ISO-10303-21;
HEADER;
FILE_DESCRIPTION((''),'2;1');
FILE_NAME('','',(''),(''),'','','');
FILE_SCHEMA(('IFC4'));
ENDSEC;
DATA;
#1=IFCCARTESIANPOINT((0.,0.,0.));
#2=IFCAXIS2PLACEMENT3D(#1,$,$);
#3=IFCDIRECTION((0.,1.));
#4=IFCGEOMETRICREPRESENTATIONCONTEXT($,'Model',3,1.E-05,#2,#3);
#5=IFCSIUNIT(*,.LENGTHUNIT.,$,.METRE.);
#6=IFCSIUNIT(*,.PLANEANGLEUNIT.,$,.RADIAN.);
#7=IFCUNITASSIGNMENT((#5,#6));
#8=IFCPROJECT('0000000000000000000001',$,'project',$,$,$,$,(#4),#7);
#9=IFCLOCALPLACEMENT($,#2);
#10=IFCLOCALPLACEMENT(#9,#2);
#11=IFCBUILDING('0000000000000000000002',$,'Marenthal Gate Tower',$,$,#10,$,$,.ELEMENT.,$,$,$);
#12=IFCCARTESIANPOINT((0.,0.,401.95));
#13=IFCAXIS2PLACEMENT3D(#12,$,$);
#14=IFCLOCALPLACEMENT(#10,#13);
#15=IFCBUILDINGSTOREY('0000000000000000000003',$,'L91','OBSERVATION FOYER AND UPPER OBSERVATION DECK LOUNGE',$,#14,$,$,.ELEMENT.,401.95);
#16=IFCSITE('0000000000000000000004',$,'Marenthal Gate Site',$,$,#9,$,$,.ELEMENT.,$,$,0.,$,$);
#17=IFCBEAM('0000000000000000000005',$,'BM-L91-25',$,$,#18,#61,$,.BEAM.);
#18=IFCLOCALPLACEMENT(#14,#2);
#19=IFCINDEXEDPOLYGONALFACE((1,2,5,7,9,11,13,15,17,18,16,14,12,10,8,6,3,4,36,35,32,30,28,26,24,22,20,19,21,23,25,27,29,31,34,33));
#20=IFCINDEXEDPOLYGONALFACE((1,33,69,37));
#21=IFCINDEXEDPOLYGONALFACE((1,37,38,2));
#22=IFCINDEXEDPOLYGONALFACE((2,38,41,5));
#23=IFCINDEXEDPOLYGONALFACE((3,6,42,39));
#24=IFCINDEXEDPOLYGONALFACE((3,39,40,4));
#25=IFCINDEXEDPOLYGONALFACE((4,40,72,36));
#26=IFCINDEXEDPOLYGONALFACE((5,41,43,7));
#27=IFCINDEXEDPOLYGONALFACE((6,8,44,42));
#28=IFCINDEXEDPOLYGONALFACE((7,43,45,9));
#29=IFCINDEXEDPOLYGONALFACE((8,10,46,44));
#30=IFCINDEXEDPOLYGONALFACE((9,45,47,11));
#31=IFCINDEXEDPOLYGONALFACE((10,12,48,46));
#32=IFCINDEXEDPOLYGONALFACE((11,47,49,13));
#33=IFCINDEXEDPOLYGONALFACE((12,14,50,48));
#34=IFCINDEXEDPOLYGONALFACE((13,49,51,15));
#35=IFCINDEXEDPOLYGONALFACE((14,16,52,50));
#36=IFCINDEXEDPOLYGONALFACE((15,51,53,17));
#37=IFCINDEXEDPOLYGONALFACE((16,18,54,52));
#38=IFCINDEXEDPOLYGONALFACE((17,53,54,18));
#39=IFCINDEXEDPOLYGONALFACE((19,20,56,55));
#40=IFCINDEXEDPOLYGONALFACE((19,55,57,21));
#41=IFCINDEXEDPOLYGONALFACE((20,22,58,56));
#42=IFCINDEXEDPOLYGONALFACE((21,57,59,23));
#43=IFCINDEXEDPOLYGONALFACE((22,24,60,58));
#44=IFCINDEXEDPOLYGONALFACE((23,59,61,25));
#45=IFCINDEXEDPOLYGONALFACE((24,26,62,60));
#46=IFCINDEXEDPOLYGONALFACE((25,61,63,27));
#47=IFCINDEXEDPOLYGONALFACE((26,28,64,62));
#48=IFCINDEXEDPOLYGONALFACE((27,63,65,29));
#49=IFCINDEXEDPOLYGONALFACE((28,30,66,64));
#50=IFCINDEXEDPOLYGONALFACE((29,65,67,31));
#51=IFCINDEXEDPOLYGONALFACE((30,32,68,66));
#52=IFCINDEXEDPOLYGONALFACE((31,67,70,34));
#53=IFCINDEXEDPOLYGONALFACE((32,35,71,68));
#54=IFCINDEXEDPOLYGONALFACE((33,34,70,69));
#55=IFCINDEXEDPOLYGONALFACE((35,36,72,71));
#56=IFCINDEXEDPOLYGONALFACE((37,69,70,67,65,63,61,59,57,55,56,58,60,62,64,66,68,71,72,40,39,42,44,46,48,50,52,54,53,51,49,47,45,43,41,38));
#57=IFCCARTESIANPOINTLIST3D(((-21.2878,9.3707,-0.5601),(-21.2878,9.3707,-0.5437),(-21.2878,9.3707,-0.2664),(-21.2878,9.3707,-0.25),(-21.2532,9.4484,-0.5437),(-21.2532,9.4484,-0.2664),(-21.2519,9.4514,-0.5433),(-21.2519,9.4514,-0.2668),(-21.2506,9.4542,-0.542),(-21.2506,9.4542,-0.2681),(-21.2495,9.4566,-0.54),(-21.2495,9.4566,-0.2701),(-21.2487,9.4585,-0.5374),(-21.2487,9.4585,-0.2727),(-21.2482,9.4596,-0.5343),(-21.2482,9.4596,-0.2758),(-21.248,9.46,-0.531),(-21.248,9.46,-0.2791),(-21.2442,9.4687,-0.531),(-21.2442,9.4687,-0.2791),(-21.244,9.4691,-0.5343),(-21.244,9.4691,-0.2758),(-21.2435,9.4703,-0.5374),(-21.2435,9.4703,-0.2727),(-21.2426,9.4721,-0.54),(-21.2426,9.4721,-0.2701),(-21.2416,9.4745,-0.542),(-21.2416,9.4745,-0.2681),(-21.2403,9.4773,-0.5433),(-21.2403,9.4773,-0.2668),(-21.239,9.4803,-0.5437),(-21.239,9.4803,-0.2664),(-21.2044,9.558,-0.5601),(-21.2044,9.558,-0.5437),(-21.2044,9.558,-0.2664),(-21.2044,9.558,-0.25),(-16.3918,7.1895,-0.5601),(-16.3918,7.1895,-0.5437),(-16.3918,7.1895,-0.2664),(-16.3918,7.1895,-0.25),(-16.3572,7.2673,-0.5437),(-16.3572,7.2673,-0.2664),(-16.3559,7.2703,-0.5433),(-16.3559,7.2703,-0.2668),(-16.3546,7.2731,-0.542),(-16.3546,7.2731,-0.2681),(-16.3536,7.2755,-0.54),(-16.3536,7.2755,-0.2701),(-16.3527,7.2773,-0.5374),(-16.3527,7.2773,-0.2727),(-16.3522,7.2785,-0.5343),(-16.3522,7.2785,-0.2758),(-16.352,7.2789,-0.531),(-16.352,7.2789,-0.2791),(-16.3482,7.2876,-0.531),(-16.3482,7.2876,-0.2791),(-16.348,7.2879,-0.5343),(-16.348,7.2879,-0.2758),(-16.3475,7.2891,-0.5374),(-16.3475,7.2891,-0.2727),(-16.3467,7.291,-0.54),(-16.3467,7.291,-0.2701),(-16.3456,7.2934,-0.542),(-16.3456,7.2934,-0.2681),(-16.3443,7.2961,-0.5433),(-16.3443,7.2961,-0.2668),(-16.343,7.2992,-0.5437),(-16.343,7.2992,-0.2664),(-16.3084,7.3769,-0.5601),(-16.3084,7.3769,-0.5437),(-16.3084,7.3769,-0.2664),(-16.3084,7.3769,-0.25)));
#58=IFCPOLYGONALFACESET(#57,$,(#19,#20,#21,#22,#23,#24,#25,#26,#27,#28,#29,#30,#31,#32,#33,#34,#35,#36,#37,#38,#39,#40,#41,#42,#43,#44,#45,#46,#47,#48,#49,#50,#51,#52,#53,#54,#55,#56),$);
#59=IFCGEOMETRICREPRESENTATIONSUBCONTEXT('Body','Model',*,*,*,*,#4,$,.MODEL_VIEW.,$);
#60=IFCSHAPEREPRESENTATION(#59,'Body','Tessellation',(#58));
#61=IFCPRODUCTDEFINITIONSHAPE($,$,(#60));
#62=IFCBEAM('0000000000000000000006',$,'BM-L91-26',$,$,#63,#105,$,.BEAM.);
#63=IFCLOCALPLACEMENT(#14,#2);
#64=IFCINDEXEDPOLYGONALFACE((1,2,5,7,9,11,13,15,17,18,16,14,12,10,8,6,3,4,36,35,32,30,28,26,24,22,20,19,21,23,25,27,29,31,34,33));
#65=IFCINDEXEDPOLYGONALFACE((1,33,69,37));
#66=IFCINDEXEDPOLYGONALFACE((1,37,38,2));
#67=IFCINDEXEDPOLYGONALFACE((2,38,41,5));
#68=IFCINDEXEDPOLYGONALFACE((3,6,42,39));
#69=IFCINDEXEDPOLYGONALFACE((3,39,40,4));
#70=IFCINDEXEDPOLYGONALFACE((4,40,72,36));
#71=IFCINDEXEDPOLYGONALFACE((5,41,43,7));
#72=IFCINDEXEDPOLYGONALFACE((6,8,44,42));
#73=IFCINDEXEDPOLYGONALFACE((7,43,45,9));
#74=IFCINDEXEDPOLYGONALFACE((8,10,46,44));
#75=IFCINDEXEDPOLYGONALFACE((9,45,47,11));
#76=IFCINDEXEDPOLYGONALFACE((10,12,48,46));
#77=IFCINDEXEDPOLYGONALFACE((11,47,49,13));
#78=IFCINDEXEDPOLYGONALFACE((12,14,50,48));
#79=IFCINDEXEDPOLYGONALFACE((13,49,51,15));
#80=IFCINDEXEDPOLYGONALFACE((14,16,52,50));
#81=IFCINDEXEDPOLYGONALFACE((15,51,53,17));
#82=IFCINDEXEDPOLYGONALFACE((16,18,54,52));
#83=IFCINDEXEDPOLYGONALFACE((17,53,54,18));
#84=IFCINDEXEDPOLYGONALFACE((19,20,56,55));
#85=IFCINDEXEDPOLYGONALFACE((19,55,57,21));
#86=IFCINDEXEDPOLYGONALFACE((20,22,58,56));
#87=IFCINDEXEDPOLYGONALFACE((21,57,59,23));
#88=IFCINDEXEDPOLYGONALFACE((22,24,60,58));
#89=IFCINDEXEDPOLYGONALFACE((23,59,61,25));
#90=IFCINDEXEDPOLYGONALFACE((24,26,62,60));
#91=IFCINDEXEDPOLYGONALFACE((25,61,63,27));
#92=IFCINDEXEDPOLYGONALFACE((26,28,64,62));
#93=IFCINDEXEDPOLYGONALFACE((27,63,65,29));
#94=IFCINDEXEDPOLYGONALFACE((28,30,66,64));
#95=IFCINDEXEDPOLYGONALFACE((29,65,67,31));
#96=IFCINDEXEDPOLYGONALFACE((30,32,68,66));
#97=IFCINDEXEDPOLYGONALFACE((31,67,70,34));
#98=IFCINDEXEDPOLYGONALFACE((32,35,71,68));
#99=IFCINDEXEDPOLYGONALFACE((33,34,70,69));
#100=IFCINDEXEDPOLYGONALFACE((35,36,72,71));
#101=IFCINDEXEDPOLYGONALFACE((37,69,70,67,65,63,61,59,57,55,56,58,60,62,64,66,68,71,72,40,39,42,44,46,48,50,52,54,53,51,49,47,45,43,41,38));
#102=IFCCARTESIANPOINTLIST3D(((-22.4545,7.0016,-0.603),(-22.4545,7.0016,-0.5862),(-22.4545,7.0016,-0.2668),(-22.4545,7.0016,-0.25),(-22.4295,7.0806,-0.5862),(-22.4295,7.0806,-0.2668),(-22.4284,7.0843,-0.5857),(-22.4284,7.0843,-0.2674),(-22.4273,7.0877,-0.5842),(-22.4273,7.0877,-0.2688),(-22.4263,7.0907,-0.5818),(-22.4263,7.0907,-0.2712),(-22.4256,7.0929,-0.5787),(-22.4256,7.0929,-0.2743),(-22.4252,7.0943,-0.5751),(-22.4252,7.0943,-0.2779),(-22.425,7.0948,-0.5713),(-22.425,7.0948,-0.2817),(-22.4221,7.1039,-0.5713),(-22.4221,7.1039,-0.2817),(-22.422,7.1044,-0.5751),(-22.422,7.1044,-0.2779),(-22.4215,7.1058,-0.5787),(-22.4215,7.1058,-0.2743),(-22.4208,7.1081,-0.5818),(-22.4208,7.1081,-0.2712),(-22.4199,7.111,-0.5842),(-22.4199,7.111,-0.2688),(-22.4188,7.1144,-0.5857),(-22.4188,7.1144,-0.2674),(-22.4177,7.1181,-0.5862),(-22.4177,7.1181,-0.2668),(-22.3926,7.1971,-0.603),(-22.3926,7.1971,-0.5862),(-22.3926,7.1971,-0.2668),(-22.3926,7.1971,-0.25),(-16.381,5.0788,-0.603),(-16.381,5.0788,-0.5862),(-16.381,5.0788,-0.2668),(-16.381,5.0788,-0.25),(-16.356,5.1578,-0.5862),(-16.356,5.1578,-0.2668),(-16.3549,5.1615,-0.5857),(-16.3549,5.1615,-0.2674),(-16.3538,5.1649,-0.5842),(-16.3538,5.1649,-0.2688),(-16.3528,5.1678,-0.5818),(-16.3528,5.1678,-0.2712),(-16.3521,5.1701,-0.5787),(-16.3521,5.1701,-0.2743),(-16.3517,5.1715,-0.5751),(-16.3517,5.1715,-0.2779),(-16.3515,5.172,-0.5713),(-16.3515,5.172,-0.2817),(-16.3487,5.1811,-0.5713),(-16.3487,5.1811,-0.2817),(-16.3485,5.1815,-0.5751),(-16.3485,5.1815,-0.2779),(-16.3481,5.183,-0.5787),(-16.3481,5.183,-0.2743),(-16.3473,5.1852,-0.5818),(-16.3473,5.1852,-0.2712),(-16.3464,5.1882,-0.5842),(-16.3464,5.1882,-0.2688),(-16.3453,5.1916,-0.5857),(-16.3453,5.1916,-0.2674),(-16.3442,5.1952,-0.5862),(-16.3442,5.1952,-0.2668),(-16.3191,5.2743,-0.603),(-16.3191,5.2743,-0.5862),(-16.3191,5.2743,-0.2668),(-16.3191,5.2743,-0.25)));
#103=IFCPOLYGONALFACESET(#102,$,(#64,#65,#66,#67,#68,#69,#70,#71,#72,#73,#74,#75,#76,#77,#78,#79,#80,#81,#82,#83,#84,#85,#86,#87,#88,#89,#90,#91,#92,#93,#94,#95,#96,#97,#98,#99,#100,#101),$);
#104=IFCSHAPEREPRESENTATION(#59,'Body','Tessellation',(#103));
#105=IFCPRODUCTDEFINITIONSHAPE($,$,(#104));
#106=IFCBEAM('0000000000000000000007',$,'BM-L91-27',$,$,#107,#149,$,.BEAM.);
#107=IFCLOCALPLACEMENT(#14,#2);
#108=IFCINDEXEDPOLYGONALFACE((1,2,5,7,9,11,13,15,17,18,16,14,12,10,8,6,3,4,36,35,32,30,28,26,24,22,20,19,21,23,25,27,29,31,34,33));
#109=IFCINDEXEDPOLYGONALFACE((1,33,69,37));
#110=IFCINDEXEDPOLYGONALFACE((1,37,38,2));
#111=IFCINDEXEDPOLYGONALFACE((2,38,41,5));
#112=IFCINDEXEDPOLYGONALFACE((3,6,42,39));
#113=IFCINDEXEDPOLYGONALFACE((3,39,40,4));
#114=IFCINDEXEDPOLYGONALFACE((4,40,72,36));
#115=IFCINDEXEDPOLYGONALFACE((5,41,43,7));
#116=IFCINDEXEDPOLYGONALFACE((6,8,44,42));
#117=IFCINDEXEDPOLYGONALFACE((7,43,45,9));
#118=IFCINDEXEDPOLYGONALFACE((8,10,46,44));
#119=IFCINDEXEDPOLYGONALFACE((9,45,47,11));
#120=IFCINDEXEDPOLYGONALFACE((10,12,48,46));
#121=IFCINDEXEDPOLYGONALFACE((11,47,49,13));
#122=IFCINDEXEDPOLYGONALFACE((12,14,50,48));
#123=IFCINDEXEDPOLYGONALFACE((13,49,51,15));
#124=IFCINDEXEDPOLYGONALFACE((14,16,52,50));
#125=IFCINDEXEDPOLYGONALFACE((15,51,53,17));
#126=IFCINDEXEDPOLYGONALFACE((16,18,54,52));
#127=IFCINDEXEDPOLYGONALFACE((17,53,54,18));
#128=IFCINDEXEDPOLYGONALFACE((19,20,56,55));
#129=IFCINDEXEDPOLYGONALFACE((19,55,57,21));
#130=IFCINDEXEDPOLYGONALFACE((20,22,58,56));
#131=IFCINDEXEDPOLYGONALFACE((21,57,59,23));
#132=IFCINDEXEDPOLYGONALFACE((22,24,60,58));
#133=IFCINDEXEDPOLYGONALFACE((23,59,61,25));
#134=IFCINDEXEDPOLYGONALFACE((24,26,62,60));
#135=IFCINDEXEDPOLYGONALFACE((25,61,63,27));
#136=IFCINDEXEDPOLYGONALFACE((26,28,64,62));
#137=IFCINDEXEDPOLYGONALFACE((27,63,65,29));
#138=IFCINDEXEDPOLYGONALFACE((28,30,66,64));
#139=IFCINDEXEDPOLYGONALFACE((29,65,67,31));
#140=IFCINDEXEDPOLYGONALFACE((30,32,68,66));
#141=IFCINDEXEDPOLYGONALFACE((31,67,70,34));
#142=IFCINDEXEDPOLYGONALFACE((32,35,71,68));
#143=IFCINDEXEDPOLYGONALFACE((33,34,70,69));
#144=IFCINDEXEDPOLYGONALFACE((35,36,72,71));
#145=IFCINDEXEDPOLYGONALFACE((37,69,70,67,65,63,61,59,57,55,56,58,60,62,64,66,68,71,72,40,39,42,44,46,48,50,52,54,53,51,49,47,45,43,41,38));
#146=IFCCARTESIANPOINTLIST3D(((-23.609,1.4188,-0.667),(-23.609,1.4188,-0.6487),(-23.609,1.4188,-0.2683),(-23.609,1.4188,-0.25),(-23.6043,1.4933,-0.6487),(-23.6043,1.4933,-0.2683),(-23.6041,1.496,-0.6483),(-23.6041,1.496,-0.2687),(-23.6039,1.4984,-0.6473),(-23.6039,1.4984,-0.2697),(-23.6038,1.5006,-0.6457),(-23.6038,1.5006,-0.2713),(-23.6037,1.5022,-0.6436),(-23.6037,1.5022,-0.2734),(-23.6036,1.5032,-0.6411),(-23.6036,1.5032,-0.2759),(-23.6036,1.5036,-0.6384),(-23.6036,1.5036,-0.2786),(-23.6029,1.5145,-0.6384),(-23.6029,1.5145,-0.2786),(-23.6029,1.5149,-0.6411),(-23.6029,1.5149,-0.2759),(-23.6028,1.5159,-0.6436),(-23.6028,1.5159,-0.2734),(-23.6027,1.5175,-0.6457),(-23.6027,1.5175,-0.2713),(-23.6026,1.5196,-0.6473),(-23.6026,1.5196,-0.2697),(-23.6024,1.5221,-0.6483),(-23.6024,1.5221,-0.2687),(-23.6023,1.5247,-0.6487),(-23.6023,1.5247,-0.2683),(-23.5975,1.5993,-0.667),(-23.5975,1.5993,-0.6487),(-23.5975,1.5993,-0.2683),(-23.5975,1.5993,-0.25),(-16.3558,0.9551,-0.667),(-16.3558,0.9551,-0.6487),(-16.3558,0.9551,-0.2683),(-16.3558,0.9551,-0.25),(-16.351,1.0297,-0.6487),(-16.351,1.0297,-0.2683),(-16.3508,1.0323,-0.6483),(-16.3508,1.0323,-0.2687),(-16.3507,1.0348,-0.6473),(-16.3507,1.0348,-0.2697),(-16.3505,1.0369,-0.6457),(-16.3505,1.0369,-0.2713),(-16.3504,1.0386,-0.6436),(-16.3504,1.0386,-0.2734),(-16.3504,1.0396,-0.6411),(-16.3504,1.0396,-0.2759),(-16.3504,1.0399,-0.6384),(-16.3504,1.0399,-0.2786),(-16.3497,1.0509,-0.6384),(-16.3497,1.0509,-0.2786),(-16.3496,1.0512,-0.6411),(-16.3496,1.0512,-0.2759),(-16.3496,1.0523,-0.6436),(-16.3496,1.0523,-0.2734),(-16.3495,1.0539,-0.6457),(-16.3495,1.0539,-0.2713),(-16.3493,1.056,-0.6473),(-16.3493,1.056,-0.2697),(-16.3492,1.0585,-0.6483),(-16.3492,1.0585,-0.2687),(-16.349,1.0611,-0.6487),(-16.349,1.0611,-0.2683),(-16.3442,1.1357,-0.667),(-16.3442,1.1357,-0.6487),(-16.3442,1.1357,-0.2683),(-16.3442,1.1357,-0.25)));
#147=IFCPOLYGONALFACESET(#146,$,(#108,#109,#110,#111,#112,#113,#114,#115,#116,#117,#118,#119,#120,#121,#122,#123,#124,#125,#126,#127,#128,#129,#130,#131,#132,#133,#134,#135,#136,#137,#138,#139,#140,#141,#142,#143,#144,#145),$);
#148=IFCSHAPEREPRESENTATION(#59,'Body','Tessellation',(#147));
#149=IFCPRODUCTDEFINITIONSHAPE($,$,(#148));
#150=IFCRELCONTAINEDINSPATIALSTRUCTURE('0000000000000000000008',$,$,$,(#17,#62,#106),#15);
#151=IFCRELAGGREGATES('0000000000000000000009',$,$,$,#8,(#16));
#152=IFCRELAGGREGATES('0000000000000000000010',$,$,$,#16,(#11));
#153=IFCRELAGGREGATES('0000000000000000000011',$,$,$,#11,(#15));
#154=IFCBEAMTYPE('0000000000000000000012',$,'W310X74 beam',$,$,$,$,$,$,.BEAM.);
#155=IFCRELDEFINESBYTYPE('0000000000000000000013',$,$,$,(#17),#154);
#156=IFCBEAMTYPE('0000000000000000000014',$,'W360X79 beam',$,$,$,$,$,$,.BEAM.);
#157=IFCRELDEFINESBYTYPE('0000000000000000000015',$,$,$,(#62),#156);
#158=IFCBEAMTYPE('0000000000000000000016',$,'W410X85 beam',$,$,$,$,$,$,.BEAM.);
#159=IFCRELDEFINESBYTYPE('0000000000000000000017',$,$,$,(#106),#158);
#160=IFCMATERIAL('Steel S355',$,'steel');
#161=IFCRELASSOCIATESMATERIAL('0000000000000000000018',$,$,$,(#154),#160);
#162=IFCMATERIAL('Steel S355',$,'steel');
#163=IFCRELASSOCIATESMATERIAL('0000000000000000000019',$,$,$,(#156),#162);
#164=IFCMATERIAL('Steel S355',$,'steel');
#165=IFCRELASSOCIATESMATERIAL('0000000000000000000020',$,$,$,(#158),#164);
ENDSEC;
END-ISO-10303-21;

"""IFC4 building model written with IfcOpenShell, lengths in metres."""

from ifc_helpers import new_model, si_unit, direction, frame, origin, origin_2d, place, context, subcontext, project, spatial, i_section, extrude, material, material_profile, profile_set, type_object, element, save


model = new_model("IFC4")

# Units and contexts
model_context = context("Model", 3, precision=1e-05, world=origin(), true_north=direction((0.0, 1.0)))
body_context = subcontext(model_context, "Body", "Model", "MODEL_VIEW")
ifc_project = project(units=[si_unit("LENGTHUNIT", "METRE"), si_unit("PLANEANGLEUNIT", "RADIAN")], contexts=[model_context])

# Site, building, storey
site_placement = place(None, origin())
site = spatial("IfcSite", under=ifc_project, at=site_placement, Name="Marenthal Gate Site", CompositionType="ELEMENT", RefElevation=0.0)
building_placement = place(site_placement, origin())
building = spatial("IfcBuilding", under=site, at=building_placement, Name="Marenthal Gate Tower", CompositionType="ELEMENT")
storey_placement = place(building_placement, frame((0.0, 0.0, 401.95)))
storey = spatial("IfcBuildingStorey", under=building, at=storey_placement, Name="L91", Description="OBSERVATION FOYER AND UPPER OBSERVATION DECK LOUNGE", CompositionType="ELEMENT", Elevation=401.95)

# Beams
ifc_material_1 = material(Name="Steel S355", Category="steel")
ifc_material_profile_1 = material_profile(ifc_material_1, i_section(OverallWidth=0.2051, OverallDepth=0.3101, WebThickness=0.0095, FlangeThickness=0.0164, FilletRadius=0.0127, at=origin_2d()), Name="W310X74")
ifc_profile_set_1 = profile_set([ifc_material_profile_1], Name="Steel S355")
beam_type_1 = type_object("IfcBeamType", Name="W310X74 beam", PredefinedType="BEAM", material=ifc_profile_set_1)
beam_1_placement = place(storey_placement, frame((-21.2461, 9.4644, -0.405), z_axis=(0.913454, -0.406941, 0.0), x_axis=(0.406941, 0.913454, 0.0)))
element("IfcBeam", 1, at=beam_1_placement, inside=storey, type_object=beam_type_1, Name="BM-L91-25", PredefinedType="BEAM", context=body_context, shape_type="SweptSolid", body=[
    extrude(i_section(OverallWidth=0.2051, OverallDepth=0.3101, WebThickness=0.0095, FlangeThickness=0.0164, FilletRadius=0.0127, at=origin_2d()), origin(), (0.0, 0.0, 1.0), 5.3599),
])
ifc_material_2 = material(Name="Steel S355", Category="steel")
ifc_material_profile_2 = material_profile(ifc_material_2, i_section(OverallWidth=0.2051, OverallDepth=0.353, WebThickness=0.0095, FlangeThickness=0.0168, FilletRadius=0.0149, at=origin_2d()), Name="W360X79")
ifc_profile_set_2 = profile_set([ifc_material_profile_2], Name="Steel S355")
beam_type_2 = type_object("IfcBeamType", Name="W360X79 beam", PredefinedType="BEAM", material=ifc_profile_set_2)
beam_2_placement = place(storey_placement, frame((-22.4236, 7.0994, -0.4265), z_axis=(0.953361, -0.301832, 0.0), x_axis=(0.301832, 0.953361, 0.0)))
element("IfcBeam", 2, at=beam_2_placement, inside=storey, type_object=beam_type_2, Name="BM-L91-26", PredefinedType="BEAM", context=body_context, shape_type="SweptSolid", body=[
    extrude(i_section(OverallWidth=0.2051, OverallDepth=0.353, WebThickness=0.0095, FlangeThickness=0.0168, FilletRadius=0.0149, at=origin_2d()), origin(), (0.0, 0.0, 1.0), 6.3706),
])
ifc_material_3 = material(Name="Steel S355", Category="steel")
ifc_material_profile_3 = material_profile(ifc_material_3, i_section(OverallWidth=0.1809, OverallDepth=0.417, WebThickness=0.011, FlangeThickness=0.0183, FilletRadius=0.0103, at=origin_2d()), Name="W410X85")
ifc_profile_set_3 = profile_set([ifc_material_profile_3], Name="Steel S355")
beam_type_3 = type_object("IfcBeamType", Name="W410X85 beam", PredefinedType="BEAM", material=ifc_profile_set_3)
beam_3_placement = place(storey_placement, frame((-23.6033, 1.509, -0.4585), z_axis=(0.997963, -0.06379, 0.0), x_axis=(0.06379, 0.997963, 0.0)))
element("IfcBeam", 3, at=beam_3_placement, inside=storey, type_object=beam_type_3, Name="BM-L91-27", PredefinedType="BEAM", context=body_context, shape_type="SweptSolid", body=[
    extrude(i_section(OverallWidth=0.1809, OverallDepth=0.417, WebThickness=0.011, FlangeThickness=0.0183, FilletRadius=0.0103, at=origin_2d()), origin(), (0.0, 0.0, 1.0), 7.2681),
])

save(model, "model.ifc")
